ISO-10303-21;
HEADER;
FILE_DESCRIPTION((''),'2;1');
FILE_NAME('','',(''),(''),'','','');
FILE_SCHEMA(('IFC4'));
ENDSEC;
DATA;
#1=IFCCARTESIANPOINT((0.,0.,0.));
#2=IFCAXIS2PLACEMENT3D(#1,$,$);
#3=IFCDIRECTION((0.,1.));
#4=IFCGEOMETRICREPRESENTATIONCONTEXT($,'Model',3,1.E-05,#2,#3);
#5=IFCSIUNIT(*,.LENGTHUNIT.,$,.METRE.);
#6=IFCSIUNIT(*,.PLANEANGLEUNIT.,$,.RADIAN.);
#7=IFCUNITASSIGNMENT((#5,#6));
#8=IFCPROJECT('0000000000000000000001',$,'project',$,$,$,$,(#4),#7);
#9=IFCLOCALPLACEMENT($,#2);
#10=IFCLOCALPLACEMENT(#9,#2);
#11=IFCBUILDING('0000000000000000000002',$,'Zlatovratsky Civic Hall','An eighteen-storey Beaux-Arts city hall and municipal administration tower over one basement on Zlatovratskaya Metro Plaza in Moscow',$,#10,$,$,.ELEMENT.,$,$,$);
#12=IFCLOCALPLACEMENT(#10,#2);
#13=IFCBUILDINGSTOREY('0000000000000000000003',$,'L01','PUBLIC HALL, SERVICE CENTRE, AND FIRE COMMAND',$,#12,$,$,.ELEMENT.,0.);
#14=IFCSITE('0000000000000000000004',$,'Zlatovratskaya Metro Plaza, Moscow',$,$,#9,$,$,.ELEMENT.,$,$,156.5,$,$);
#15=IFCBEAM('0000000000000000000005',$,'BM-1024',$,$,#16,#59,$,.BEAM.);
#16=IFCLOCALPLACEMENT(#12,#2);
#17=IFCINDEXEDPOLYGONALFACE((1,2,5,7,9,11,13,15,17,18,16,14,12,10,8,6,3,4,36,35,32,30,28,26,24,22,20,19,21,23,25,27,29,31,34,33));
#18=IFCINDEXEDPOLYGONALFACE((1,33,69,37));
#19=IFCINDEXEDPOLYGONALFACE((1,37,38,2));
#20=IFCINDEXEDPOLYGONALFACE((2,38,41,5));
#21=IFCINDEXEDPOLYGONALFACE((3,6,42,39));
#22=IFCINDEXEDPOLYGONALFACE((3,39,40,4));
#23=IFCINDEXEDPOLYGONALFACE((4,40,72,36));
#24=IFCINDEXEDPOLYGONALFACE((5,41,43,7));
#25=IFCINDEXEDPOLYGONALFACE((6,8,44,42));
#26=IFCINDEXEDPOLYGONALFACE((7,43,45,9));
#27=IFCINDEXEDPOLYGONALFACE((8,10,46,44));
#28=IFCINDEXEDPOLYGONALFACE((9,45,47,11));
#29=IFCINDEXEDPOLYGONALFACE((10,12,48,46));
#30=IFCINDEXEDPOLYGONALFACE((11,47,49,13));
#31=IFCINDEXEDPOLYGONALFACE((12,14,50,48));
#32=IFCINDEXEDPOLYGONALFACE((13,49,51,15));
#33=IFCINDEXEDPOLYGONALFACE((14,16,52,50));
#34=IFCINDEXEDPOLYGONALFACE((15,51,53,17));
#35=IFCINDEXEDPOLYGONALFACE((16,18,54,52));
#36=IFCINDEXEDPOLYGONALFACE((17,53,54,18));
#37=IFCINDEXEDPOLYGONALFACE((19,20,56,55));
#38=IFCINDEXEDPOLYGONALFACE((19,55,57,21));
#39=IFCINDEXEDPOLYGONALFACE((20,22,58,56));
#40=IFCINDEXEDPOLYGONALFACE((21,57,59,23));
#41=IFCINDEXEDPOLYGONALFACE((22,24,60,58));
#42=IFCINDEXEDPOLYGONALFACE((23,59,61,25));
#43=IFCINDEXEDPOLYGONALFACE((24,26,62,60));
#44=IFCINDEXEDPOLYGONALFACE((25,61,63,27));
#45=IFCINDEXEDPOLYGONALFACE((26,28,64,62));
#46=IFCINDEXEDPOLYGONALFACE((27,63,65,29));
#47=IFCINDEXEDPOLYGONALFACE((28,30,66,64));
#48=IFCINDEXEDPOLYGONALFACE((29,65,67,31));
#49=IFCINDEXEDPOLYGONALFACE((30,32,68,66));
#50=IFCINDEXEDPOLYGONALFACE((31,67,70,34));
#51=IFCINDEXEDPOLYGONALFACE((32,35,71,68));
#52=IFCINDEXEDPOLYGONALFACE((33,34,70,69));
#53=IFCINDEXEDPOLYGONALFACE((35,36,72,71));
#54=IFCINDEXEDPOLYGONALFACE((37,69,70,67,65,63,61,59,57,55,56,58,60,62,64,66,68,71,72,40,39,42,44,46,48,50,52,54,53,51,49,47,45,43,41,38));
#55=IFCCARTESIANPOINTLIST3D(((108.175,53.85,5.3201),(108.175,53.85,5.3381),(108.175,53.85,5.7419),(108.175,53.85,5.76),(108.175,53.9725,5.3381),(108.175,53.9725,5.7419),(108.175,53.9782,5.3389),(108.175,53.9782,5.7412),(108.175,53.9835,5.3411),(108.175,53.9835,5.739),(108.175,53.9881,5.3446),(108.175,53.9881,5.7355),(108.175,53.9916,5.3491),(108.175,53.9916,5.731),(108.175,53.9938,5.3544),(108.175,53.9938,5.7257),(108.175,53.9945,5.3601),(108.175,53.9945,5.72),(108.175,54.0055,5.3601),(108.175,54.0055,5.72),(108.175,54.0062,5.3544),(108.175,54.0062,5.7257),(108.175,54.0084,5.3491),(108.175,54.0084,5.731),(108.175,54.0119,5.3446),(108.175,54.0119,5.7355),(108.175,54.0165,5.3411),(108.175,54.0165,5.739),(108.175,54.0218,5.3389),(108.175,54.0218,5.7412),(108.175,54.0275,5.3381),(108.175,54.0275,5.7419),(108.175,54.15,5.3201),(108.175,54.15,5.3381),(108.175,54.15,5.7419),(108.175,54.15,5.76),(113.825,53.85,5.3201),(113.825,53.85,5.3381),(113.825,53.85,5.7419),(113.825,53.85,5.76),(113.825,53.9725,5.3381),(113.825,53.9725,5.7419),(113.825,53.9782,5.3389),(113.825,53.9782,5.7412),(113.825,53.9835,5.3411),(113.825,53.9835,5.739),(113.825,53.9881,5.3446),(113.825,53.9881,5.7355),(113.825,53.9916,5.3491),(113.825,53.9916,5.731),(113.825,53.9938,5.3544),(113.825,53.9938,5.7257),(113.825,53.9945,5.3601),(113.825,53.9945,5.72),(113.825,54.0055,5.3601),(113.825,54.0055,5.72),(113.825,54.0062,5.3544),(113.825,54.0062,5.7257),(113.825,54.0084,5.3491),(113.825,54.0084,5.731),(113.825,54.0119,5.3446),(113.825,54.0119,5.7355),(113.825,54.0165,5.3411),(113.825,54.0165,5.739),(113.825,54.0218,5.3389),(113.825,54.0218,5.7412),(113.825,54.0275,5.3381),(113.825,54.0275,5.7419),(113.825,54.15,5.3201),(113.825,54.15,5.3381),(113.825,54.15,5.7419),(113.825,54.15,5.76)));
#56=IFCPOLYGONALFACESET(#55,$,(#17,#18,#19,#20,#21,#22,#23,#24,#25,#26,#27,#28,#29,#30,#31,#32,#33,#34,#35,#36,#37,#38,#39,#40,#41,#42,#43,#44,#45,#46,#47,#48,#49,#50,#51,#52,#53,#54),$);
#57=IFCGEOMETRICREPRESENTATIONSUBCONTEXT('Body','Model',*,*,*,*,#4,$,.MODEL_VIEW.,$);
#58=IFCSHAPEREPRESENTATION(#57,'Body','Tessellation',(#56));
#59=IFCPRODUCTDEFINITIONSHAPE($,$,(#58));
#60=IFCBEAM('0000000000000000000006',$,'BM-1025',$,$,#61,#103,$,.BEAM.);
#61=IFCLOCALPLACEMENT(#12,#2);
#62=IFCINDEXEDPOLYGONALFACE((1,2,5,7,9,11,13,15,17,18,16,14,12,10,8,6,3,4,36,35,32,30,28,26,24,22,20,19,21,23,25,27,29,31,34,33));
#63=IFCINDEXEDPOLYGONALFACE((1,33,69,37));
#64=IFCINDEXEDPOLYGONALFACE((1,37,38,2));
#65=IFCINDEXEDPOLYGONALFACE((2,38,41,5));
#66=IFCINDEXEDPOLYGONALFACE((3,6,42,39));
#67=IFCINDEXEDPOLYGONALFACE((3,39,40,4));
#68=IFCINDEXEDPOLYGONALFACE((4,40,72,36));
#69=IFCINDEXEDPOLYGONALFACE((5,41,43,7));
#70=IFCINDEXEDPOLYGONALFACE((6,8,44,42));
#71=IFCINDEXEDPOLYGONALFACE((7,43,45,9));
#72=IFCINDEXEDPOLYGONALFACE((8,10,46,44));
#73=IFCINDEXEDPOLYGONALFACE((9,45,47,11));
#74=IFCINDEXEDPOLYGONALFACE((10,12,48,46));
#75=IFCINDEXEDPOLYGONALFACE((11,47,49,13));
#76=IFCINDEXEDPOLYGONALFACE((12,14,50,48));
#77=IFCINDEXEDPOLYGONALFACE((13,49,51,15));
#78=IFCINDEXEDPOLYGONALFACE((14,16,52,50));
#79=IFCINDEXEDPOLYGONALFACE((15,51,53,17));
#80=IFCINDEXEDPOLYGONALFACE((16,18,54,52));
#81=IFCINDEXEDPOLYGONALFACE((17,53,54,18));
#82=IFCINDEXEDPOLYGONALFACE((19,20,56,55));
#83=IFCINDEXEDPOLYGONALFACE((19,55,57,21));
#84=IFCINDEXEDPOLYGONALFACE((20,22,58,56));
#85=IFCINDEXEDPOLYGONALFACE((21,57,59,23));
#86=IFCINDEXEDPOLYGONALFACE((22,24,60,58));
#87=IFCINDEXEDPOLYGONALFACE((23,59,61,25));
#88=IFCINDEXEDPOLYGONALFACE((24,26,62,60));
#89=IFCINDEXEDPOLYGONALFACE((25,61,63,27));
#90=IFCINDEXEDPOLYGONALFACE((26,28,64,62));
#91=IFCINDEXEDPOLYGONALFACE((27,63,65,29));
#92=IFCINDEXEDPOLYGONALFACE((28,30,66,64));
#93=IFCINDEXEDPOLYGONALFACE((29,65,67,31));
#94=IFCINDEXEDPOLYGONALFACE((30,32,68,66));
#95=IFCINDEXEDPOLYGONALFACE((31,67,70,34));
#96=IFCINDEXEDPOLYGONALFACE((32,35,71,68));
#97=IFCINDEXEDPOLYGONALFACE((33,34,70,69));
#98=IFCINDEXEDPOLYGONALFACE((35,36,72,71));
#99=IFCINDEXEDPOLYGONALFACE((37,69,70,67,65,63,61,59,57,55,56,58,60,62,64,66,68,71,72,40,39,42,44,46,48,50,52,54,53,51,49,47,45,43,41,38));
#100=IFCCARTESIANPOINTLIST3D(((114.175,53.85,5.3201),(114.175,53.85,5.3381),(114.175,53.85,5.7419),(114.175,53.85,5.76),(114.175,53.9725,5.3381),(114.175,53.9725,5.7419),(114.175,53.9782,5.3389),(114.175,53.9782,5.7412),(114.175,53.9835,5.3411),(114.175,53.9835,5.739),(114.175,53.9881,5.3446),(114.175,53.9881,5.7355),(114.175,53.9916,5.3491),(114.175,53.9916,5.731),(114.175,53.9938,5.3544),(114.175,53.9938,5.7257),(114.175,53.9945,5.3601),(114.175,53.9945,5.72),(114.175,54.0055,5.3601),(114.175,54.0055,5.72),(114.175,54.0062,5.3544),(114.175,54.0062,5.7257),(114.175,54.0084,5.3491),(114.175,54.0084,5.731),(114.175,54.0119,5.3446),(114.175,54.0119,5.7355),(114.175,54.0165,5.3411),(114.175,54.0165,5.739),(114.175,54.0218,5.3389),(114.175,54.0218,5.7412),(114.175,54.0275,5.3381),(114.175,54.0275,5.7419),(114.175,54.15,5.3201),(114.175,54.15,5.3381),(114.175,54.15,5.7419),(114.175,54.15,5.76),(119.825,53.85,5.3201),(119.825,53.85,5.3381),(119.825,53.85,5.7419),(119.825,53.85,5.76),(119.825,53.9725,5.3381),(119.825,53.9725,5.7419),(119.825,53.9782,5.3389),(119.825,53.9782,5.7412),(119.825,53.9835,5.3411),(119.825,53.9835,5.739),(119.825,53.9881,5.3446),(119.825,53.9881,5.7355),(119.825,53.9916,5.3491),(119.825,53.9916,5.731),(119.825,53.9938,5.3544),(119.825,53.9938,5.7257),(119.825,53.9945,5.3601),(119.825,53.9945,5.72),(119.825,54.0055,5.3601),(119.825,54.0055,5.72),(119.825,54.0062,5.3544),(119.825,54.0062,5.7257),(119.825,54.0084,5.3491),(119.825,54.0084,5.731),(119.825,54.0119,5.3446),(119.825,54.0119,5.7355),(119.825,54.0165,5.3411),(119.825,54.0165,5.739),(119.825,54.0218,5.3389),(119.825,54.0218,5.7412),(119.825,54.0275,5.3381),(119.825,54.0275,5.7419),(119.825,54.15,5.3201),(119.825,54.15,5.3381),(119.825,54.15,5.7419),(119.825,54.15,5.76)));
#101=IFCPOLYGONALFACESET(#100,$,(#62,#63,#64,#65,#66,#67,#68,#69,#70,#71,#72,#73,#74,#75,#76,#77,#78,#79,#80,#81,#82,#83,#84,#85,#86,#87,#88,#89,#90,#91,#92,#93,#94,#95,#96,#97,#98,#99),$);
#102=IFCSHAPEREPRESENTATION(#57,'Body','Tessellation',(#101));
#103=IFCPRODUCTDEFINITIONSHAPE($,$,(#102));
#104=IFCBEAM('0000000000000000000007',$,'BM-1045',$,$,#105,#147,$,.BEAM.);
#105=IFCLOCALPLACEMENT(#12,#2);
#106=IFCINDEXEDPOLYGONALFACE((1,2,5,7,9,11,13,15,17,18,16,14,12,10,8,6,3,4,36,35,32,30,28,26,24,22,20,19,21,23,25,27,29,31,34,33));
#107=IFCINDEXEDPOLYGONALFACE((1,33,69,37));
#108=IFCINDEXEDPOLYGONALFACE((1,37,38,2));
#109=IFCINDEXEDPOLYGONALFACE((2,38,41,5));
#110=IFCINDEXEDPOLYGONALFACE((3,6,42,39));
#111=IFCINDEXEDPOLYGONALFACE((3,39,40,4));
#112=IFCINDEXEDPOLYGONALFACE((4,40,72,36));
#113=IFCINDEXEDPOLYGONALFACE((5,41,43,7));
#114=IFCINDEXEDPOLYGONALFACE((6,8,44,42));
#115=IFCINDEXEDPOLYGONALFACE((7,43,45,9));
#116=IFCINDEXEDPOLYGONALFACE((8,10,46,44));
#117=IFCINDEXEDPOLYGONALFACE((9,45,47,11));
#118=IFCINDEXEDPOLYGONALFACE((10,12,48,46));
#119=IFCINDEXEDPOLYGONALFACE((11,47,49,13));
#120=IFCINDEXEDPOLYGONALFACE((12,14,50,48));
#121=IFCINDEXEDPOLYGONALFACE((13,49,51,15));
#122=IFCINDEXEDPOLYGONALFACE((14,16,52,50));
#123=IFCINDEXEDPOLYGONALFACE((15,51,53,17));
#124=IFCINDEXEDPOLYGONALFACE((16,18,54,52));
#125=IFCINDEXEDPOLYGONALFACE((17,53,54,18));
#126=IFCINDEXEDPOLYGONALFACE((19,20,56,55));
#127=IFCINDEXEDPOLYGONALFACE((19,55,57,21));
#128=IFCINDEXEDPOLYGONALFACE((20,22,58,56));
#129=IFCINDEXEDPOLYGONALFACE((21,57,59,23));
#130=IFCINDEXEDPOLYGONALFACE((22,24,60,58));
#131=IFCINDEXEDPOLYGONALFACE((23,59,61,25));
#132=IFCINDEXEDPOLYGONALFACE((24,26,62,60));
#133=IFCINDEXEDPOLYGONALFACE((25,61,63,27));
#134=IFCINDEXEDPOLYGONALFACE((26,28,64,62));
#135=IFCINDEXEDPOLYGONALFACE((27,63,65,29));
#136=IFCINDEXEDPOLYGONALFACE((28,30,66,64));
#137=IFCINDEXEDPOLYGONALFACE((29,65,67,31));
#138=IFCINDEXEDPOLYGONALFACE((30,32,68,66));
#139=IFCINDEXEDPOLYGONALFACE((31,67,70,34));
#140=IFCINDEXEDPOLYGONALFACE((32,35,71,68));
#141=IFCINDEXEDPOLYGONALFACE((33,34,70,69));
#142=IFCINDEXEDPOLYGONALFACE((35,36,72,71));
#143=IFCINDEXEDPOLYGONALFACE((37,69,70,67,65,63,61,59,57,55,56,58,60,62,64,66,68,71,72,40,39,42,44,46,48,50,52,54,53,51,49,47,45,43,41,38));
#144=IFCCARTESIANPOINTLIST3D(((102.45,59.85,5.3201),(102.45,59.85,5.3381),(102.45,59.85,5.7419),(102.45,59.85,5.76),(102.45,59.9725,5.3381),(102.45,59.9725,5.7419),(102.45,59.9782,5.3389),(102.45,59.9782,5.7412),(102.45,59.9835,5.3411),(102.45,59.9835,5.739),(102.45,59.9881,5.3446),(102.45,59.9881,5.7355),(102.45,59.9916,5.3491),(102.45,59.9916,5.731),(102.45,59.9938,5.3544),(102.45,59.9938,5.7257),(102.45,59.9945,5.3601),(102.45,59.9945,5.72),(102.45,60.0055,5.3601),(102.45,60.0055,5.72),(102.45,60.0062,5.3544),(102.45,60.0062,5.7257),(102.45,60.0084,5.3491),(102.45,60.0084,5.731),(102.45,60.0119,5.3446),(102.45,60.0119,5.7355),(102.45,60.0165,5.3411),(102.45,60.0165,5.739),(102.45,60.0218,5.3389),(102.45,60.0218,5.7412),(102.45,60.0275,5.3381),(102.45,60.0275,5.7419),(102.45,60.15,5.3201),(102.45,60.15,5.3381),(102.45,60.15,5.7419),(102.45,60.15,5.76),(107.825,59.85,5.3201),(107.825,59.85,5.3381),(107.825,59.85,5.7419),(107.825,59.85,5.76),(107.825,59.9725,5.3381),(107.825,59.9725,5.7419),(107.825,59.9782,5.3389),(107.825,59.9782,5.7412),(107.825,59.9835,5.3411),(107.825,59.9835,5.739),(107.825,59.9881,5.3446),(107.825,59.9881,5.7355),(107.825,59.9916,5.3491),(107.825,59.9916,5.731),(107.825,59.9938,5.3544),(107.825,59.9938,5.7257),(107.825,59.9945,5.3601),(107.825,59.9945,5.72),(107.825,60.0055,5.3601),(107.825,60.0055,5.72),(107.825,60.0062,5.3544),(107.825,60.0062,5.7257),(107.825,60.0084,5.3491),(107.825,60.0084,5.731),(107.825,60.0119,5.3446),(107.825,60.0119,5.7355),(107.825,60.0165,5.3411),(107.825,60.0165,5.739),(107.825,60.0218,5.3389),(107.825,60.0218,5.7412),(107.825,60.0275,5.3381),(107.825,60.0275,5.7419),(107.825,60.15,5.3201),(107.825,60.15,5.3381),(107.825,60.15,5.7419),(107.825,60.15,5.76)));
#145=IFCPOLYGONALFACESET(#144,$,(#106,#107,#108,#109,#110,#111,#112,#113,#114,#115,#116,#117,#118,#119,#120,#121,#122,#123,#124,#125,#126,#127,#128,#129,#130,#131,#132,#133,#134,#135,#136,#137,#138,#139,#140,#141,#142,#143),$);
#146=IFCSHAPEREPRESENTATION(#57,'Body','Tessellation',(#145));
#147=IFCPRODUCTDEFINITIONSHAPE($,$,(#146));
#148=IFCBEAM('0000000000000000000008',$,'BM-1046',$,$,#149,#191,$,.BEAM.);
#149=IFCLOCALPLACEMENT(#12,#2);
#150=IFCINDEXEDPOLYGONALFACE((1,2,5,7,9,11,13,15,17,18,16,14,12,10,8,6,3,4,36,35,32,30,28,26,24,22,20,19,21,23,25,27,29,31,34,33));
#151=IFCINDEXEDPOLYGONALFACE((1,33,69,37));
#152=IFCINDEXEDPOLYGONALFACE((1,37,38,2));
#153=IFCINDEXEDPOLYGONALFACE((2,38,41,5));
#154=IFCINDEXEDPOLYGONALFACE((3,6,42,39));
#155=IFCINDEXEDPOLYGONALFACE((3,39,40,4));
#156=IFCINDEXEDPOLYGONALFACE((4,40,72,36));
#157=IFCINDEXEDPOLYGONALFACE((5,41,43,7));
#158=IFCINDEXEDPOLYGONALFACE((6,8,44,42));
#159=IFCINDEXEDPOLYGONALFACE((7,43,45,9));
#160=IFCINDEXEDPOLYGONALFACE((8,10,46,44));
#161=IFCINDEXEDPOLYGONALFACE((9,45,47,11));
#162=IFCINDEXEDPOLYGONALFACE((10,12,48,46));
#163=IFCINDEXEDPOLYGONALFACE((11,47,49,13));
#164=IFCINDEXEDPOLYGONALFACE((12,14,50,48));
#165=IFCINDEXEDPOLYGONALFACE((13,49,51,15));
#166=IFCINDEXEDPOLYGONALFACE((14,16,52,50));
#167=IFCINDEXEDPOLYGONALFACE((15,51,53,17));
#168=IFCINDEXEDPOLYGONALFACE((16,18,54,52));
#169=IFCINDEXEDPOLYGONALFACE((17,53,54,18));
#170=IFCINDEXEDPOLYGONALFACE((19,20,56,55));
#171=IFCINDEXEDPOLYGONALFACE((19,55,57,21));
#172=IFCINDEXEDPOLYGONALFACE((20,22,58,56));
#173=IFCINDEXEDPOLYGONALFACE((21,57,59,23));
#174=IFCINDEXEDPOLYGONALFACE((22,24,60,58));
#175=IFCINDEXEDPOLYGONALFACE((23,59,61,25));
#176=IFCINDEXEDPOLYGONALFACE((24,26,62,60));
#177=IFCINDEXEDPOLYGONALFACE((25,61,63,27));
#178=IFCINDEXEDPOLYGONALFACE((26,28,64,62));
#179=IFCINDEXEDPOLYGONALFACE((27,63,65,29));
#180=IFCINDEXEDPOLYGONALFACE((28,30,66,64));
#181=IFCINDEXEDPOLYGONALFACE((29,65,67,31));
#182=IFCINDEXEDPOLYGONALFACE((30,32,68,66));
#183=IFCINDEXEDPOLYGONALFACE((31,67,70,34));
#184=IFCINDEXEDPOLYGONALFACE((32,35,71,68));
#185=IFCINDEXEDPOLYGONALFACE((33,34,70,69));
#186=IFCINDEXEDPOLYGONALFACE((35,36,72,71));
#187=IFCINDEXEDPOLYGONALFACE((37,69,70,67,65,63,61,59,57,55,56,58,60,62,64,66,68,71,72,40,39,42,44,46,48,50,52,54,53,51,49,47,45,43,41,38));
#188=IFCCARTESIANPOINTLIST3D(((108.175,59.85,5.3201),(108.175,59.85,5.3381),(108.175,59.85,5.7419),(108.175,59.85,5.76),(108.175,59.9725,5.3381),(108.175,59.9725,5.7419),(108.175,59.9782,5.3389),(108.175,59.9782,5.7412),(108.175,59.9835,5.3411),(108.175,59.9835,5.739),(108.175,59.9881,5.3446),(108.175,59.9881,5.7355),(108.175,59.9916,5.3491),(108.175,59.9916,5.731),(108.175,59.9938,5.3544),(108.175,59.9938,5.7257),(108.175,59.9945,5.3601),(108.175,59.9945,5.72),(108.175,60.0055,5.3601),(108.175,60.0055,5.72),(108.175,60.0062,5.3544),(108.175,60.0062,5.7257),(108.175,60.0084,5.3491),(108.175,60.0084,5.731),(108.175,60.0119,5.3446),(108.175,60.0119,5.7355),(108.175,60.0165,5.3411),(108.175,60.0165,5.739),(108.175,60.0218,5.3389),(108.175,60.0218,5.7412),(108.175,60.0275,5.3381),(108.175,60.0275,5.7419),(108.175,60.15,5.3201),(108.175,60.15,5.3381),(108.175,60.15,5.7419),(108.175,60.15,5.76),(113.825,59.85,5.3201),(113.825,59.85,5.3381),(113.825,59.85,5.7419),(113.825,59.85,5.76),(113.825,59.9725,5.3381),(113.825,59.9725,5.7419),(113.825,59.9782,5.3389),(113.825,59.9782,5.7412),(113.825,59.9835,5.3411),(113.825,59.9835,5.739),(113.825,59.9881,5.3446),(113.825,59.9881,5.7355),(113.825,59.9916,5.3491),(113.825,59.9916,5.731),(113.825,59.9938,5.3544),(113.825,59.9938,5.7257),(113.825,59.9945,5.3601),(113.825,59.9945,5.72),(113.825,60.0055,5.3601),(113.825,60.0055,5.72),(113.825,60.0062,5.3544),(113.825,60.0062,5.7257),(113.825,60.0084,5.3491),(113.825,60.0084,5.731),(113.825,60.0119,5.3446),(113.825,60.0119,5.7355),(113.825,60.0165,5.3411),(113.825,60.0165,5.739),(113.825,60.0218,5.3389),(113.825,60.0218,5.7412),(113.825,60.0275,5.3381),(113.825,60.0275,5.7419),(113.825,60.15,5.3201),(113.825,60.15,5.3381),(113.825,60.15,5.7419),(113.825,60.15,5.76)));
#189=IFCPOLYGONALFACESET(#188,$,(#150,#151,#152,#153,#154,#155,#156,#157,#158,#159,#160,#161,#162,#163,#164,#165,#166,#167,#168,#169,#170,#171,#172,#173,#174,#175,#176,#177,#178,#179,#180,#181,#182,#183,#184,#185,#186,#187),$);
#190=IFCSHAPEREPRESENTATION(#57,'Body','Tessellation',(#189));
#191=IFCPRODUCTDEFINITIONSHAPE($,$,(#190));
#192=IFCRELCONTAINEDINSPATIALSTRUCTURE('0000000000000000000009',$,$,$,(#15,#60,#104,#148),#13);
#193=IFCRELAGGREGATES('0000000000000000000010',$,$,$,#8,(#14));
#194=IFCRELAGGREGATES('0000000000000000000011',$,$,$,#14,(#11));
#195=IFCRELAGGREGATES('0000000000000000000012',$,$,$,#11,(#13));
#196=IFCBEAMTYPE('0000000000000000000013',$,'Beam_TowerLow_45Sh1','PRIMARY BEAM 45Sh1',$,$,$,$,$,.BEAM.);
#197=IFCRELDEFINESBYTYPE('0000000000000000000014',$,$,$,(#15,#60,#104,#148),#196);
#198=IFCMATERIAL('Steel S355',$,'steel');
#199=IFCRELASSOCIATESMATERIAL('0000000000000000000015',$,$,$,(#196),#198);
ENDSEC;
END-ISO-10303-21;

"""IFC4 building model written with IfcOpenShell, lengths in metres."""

from ifc_helpers import new_model, si_unit, direction, frame, origin, origin_2d, place, context, subcontext, project, spatial, i_section, extrude, material, material_profile, profile_set, type_object, element, save


model = new_model("IFC4")

# Units and contexts
model_context = context("Model", 3, precision=1e-05, world=origin(), true_north=direction((0.0, 1.0)))
body_context = subcontext(model_context, "Body", "Model", "MODEL_VIEW")
ifc_project = project(units=[si_unit("LENGTHUNIT", "METRE"), si_unit("PLANEANGLEUNIT", "RADIAN")], contexts=[model_context])

# Site, building, storey
site_placement = place(None, origin())
site = spatial("IfcSite", under=ifc_project, at=site_placement, Name="Zlatovratskaya Metro Plaza, Moscow", CompositionType="ELEMENT", RefElevation=156.5)
building_placement = place(site_placement, origin())
building = spatial("IfcBuilding", under=site, at=building_placement, Name="Zlatovratsky Civic Hall", Description="An eighteen-storey Beaux-Arts city hall and municipal administration tower over one basement on Zlatovratskaya Metro Plaza in Moscow", CompositionType="ELEMENT")
storey_placement = place(building_placement, origin())
storey = spatial("IfcBuildingStorey", under=building, at=storey_placement, Name="L01", Description="PUBLIC HALL, SERVICE CENTRE, AND FIRE COMMAND", CompositionType="ELEMENT", Elevation=0.0)

# Shared definitions
ifc_material_1 = material(Name="Steel S355", Category="steel")

# Beams
ifc_material_profile_1 = material_profile(ifc_material_1, i_section(OverallWidth=0.3, OverallDepth=0.4399, WebThickness=0.011, FlangeThickness=0.0181, FilletRadius=0.022, at=origin_2d()), Name="45Sh1")
ifc_profile_set_1 = profile_set([ifc_material_profile_1], Name="Steel S355")
beam_type = type_object("IfcBeamType", Name="Beam_TowerLow_45Sh1", Description="PRIMARY BEAM 45Sh1", PredefinedType="BEAM", material=ifc_profile_set_1)
for number, where, z_axis, x_axis, name in (
    (1, (108.175, 54.0, 5.54), (1.0, 0.0, 0.0), (0.0, 1.0, 0.0), "BM-1024"),
    (2, (114.175, 54.0, 5.54), (1.0, 0.0, 0.0), (0.0, 1.0, 0.0), "BM-1025"),
):
    element("IfcBeam", number, at=place(storey_placement, frame(where, z_axis=z_axis, x_axis=x_axis)), inside=storey, type_object=beam_type, Name=name, PredefinedType="BEAM", context=body_context, shape_type="SweptSolid", body=[
        extrude(i_section(OverallWidth=0.3, OverallDepth=0.4399, WebThickness=0.011, FlangeThickness=0.0181, FilletRadius=0.022, at=origin_2d()), origin(), (0.0, 0.0, 1.0), 5.6499),
    ])
beam_1_placement = place(storey_placement, frame((102.45, 60.0, 5.54), z_axis=(1.0, 0.0, 0.0), x_axis=(0.0, 1.0, 0.0)))
element("IfcBeam", 3, at=beam_1_placement, inside=storey, type_object=beam_type, Name="BM-1045", PredefinedType="BEAM", context=body_context, shape_type="SweptSolid", body=[
    extrude(i_section(OverallWidth=0.3, OverallDepth=0.4399, WebThickness=0.011, FlangeThickness=0.0181, FilletRadius=0.022, at=origin_2d()), origin(), (0.0, 0.0, 1.0), 5.375),
])
for number, where, z_axis, x_axis, name in (
    (4, (108.175, 60.0, 5.54), (1.0, 0.0, 0.0), (0.0, 1.0, 0.0), "BM-1046"),
):
    element("IfcBeam", number, at=place(storey_placement, frame(where, z_axis=z_axis, x_axis=x_axis)), inside=storey, type_object=beam_type, Name=name, PredefinedType="BEAM", context=body_context, shape_type="SweptSolid", body=[
        extrude(i_section(OverallWidth=0.3, OverallDepth=0.4399, WebThickness=0.011, FlangeThickness=0.0181, FilletRadius=0.022, at=origin_2d()), origin(), (0.0, 0.0, 1.0), 5.6499),
    ])

save(model, "model.ifc")
